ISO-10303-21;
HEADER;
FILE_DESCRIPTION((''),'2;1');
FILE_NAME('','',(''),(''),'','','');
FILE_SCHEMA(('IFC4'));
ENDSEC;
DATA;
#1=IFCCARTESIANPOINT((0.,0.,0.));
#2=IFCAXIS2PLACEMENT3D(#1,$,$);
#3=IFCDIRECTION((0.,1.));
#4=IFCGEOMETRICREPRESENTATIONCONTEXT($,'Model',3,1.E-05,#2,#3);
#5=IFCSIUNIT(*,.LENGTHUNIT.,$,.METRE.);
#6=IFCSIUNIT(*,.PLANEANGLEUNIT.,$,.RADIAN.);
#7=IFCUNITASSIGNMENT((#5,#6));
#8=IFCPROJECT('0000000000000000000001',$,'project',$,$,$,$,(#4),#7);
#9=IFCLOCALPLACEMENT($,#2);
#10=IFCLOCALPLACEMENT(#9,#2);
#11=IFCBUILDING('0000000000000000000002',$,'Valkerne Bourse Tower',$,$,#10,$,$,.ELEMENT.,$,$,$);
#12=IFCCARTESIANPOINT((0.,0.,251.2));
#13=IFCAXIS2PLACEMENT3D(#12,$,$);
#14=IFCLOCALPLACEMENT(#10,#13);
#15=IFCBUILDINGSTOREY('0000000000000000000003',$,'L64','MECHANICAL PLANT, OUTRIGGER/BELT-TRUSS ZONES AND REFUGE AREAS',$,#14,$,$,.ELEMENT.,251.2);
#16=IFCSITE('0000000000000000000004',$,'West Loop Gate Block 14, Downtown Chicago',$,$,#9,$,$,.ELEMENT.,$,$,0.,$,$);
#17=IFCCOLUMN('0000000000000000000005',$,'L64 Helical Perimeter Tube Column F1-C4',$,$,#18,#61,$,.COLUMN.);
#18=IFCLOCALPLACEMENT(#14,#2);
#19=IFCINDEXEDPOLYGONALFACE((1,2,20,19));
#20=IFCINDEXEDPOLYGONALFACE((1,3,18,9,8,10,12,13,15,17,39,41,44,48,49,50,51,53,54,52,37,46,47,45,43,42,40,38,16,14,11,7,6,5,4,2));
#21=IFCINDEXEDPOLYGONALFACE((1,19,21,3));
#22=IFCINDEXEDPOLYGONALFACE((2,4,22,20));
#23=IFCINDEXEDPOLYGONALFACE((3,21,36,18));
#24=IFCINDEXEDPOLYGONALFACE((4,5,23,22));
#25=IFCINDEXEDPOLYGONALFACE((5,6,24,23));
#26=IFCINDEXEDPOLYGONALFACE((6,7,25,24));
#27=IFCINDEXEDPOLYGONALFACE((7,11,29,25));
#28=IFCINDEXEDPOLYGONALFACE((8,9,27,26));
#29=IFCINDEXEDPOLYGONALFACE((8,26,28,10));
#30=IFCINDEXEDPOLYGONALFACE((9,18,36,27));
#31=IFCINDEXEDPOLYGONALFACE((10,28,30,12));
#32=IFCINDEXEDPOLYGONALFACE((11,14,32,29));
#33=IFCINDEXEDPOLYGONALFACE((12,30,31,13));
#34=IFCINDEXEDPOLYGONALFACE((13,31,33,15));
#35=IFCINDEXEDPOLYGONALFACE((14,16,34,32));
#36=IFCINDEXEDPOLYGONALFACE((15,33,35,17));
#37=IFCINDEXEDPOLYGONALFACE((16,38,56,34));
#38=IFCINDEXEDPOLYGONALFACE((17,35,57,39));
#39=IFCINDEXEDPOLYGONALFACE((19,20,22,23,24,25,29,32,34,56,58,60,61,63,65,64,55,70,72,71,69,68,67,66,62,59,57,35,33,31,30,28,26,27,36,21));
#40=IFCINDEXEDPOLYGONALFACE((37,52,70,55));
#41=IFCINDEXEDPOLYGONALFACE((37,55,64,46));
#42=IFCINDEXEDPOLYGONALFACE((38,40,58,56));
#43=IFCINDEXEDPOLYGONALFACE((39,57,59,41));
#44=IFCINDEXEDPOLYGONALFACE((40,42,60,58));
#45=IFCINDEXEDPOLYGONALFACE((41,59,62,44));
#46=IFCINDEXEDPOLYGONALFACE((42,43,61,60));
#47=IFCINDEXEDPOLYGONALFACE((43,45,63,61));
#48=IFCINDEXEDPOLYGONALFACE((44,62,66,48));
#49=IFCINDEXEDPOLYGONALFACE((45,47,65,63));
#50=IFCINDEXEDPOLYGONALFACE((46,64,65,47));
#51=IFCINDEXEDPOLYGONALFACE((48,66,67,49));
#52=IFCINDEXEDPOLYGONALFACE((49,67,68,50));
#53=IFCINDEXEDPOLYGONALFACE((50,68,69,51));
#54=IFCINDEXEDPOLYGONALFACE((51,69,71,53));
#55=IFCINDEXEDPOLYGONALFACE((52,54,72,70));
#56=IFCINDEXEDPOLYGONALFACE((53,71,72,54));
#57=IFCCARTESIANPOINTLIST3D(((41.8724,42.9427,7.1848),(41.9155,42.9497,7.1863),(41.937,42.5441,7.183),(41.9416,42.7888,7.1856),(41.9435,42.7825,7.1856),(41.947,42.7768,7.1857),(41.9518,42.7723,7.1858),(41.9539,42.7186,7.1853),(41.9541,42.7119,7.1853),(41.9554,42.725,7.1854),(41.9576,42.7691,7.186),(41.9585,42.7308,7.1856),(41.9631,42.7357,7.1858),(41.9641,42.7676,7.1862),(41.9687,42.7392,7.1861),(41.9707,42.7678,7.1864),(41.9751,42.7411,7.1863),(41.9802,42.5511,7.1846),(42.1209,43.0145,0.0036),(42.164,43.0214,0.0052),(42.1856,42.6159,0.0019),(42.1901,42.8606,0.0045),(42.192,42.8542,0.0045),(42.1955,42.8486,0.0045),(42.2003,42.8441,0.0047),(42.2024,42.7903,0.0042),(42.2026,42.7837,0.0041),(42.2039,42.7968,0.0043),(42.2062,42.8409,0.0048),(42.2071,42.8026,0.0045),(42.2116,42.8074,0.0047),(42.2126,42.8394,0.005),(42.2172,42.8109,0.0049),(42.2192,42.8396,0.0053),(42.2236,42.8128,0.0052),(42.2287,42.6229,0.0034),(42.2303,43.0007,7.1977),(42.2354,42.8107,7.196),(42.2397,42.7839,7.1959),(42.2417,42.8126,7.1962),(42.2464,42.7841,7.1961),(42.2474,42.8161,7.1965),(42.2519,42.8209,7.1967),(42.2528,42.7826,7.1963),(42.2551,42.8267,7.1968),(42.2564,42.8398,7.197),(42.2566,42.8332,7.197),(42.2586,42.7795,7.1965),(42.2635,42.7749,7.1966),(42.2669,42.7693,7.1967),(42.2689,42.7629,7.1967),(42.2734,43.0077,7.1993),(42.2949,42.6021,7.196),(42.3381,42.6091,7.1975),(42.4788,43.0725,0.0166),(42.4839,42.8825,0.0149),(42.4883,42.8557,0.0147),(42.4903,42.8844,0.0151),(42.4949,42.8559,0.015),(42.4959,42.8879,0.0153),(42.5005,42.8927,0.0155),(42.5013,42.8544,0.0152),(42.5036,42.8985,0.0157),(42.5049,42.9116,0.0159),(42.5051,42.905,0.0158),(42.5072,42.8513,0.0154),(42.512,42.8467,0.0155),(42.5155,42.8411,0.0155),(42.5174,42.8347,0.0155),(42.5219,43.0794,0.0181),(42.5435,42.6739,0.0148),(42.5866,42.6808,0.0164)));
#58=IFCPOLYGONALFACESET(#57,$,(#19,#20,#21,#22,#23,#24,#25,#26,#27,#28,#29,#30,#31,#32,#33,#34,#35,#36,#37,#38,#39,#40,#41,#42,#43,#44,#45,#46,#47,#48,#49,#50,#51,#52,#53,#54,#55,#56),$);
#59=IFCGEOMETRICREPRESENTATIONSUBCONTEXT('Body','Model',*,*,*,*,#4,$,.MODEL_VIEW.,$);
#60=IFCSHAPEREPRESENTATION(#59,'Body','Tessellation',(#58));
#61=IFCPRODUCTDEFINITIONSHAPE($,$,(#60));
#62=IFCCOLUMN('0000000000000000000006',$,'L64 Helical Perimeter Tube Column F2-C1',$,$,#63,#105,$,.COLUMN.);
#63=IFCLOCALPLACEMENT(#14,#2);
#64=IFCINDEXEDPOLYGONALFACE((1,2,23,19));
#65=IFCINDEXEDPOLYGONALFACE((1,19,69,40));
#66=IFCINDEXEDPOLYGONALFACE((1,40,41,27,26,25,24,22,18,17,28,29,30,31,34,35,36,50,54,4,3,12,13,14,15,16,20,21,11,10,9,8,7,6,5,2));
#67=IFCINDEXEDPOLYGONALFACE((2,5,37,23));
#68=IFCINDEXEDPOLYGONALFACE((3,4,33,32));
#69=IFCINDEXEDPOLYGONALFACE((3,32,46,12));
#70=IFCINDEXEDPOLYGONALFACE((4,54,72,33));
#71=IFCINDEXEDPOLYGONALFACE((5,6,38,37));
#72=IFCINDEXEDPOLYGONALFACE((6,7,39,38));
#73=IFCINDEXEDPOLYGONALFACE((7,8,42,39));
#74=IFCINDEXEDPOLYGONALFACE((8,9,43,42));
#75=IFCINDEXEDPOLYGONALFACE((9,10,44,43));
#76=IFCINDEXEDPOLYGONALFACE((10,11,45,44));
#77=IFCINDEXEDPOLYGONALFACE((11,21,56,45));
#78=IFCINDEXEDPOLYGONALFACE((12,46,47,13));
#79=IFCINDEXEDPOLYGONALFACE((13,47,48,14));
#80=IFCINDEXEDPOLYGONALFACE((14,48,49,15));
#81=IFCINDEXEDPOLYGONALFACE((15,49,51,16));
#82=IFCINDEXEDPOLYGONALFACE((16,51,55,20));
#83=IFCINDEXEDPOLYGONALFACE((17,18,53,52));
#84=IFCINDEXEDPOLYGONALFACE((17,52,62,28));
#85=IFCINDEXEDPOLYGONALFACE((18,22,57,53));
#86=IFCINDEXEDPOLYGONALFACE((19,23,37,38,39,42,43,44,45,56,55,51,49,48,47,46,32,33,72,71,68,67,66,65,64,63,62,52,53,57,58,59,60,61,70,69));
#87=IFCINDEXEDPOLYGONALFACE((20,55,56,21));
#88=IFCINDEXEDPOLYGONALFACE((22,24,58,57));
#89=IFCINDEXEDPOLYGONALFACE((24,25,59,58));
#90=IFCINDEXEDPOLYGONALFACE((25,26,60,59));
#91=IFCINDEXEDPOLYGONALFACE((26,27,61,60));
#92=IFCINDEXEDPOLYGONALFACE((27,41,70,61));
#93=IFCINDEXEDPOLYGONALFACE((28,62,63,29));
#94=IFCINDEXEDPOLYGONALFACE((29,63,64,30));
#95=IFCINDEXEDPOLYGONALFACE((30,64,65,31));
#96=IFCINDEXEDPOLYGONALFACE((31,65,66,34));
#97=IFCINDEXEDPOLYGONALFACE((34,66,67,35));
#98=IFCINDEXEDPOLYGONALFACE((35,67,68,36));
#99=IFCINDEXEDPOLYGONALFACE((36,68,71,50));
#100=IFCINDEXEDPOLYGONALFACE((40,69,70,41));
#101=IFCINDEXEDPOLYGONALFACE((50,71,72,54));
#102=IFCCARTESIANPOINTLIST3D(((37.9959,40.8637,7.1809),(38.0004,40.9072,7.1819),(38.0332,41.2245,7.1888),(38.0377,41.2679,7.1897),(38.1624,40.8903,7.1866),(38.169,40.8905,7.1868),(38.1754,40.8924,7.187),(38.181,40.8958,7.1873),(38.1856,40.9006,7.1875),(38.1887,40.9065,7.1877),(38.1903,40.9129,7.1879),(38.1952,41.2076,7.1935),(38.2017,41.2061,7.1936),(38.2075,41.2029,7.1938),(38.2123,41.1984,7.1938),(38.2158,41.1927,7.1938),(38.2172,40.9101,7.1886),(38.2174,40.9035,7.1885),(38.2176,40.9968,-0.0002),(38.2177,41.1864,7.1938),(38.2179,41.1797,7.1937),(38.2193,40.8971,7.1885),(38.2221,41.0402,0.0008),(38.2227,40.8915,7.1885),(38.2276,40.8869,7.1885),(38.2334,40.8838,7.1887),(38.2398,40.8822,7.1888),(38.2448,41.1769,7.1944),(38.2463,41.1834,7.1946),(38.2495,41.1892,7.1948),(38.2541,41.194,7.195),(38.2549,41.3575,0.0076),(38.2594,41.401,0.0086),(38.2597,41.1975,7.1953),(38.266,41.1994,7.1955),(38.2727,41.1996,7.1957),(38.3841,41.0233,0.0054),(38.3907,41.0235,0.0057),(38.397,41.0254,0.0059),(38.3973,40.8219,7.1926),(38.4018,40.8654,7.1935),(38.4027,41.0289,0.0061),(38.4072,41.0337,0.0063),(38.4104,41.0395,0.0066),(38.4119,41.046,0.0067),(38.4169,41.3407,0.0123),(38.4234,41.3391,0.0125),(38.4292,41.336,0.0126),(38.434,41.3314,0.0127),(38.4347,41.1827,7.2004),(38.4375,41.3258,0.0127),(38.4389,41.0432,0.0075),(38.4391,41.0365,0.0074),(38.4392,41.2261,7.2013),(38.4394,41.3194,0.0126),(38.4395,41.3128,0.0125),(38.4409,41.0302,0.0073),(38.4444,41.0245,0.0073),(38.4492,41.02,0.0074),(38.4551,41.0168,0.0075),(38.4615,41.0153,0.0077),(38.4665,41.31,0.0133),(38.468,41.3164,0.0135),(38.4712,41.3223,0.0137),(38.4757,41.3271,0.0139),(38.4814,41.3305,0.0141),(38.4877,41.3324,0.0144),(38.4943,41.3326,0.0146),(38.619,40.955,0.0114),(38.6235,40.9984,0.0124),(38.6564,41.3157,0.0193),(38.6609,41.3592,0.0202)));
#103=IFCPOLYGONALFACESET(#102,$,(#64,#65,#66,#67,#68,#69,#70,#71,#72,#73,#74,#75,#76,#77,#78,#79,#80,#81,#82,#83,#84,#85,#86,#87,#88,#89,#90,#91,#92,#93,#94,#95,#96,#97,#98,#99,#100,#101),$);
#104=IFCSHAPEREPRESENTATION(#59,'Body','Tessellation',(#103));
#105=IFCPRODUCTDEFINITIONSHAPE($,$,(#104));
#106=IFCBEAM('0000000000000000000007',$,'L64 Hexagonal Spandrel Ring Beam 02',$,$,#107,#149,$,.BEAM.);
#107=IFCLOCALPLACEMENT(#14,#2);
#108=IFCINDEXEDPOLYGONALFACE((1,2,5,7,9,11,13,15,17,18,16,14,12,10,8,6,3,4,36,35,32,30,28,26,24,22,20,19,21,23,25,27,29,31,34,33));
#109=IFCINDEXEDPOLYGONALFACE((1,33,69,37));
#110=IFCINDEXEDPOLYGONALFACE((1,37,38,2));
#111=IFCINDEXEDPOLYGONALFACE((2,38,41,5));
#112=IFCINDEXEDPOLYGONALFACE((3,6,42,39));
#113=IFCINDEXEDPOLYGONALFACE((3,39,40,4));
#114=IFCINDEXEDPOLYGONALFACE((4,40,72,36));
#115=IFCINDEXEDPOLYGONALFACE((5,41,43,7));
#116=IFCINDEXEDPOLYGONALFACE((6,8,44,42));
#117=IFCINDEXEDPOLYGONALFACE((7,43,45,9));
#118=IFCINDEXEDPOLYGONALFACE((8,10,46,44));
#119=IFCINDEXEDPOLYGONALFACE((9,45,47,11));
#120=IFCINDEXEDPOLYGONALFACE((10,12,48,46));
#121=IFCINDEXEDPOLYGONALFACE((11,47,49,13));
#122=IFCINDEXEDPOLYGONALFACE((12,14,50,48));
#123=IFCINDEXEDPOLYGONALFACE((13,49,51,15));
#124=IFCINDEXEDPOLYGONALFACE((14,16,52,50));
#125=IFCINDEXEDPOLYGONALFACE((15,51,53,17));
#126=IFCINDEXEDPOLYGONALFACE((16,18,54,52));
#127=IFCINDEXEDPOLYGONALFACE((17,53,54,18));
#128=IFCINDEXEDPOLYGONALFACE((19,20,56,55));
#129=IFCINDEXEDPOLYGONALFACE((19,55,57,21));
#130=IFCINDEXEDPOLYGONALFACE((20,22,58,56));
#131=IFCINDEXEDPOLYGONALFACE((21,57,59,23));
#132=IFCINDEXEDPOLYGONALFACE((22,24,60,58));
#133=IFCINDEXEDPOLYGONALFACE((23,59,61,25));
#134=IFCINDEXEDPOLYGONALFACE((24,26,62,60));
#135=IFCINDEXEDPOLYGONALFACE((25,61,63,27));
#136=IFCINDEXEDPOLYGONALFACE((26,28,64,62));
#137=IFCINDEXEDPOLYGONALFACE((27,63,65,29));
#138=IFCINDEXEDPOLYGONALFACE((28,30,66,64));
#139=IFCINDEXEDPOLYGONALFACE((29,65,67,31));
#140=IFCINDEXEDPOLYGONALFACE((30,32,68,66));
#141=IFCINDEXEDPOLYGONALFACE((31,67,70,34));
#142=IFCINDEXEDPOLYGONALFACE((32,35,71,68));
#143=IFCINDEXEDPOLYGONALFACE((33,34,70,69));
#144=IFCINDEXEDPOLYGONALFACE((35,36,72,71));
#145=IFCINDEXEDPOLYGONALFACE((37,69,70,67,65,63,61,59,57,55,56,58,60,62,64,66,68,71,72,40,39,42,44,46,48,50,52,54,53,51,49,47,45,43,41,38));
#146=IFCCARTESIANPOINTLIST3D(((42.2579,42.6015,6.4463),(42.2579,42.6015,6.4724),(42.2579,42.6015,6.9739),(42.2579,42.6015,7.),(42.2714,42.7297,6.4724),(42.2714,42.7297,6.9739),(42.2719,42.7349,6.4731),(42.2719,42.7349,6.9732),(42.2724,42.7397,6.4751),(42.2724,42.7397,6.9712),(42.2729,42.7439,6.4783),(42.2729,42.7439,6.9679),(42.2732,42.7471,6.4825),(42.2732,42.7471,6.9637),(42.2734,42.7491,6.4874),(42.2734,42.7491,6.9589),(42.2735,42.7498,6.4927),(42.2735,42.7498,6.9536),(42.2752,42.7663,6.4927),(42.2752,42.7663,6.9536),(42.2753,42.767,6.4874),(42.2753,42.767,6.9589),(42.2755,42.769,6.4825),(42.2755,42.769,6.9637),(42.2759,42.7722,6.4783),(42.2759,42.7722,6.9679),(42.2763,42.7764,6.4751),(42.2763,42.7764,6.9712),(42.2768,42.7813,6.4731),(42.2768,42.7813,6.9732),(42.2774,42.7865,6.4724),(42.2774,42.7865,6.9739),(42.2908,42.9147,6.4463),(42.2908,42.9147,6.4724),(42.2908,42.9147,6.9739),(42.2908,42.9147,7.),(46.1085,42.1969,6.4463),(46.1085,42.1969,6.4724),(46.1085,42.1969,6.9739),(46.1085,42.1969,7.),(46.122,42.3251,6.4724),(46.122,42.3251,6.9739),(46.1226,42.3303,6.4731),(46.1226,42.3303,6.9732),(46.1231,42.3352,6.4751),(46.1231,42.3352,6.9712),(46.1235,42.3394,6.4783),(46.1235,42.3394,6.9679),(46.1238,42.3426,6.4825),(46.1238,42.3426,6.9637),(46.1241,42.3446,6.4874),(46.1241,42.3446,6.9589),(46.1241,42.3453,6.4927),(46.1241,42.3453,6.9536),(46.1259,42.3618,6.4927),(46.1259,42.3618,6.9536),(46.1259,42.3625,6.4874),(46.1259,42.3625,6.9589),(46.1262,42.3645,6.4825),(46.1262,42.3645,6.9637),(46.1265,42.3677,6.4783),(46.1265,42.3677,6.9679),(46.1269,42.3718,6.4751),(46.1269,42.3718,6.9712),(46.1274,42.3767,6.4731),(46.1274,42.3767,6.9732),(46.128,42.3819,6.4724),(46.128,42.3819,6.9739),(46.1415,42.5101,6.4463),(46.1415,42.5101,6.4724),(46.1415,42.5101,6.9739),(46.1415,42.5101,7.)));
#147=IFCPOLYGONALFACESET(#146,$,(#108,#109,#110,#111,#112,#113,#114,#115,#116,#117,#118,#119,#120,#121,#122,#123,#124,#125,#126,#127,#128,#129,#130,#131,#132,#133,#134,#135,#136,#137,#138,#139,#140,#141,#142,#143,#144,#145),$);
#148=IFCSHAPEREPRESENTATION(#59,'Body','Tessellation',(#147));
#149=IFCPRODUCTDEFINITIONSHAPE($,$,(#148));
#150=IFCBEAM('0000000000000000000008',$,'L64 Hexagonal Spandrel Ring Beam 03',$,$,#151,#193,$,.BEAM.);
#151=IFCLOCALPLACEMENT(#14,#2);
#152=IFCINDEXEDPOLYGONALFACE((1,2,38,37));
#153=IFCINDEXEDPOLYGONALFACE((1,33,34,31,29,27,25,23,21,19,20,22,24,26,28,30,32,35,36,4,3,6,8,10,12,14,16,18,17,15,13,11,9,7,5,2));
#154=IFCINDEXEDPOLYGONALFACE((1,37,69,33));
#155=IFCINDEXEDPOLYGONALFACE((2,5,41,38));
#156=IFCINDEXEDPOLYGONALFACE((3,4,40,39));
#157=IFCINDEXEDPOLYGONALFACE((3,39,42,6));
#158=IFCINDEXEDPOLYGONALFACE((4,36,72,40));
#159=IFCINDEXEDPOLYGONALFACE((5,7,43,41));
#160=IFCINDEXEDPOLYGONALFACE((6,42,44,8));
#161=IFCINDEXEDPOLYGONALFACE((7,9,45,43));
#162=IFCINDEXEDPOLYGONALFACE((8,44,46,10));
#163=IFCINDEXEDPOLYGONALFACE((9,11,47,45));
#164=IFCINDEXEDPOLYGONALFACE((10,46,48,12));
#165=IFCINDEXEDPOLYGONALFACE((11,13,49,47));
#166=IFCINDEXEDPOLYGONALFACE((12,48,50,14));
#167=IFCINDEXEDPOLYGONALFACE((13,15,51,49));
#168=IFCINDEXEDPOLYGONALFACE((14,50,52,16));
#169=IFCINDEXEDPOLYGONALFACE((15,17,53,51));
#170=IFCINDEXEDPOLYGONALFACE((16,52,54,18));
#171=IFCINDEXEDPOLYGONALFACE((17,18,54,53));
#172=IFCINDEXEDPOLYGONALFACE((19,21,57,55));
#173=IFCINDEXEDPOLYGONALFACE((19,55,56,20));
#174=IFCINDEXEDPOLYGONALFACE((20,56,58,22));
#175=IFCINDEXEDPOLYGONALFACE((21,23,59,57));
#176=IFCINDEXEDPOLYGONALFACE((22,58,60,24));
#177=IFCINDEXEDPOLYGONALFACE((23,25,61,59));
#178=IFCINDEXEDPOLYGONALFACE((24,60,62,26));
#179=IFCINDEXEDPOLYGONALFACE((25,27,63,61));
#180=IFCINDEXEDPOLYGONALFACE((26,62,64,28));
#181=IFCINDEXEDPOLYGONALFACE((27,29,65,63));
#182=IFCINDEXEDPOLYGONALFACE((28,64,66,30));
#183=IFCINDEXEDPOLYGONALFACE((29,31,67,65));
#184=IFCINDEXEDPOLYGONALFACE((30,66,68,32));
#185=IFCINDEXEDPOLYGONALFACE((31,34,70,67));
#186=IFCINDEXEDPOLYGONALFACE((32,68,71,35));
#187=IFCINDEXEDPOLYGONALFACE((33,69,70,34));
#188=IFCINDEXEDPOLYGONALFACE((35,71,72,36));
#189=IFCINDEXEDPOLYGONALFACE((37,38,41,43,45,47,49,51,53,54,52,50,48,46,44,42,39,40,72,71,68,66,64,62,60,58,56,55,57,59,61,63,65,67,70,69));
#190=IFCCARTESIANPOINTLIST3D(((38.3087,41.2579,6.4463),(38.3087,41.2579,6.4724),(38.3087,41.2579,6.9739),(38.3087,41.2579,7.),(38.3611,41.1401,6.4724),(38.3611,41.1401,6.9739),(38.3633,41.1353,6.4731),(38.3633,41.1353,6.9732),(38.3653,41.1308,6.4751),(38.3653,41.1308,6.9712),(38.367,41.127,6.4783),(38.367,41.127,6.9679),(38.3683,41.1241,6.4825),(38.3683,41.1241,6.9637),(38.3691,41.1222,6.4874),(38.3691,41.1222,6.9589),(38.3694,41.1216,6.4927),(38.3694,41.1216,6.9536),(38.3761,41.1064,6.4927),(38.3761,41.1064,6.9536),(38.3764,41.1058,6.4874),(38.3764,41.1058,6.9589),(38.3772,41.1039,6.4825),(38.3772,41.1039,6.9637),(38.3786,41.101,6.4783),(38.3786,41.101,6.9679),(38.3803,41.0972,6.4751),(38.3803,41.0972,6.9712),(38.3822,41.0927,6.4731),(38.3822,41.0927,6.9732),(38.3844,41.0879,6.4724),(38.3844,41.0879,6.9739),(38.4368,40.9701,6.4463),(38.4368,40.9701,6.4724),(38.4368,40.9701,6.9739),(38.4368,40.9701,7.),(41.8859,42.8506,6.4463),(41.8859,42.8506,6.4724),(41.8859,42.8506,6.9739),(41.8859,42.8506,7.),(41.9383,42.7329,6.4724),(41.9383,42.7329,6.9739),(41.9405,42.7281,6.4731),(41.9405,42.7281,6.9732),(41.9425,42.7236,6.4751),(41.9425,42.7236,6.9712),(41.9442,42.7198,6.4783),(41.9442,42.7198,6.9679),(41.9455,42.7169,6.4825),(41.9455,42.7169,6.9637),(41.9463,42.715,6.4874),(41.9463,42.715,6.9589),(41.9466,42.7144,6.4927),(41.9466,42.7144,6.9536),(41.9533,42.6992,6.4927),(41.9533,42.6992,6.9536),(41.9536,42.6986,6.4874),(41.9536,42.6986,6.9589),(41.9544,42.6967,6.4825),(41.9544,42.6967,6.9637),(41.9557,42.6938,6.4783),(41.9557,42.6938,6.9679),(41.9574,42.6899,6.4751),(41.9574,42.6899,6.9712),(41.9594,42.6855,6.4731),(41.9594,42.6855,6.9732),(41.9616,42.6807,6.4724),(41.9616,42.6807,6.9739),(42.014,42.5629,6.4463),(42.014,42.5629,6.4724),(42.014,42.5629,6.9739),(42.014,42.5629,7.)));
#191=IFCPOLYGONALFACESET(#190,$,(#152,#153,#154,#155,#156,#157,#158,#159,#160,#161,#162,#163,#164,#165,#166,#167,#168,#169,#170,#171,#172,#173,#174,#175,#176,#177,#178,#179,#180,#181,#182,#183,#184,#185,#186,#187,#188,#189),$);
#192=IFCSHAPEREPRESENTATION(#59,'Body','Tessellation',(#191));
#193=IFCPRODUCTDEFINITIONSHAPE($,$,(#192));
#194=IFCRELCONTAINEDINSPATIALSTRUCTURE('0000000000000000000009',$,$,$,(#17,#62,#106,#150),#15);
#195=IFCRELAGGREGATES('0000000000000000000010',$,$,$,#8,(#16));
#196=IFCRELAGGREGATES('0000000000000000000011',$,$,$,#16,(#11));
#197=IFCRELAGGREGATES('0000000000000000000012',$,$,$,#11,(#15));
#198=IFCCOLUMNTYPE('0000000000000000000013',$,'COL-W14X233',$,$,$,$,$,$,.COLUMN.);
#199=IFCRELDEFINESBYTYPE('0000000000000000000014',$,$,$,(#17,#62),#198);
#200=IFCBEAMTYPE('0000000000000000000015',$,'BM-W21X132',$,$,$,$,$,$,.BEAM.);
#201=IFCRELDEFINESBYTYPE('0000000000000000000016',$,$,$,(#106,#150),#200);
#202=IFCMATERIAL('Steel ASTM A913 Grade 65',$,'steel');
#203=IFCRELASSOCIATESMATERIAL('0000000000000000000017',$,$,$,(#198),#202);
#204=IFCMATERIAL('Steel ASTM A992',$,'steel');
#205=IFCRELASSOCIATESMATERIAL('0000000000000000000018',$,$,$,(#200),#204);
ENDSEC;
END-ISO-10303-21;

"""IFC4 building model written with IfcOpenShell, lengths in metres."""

from ifc_helpers import new_model, si_unit, direction, frame, origin, origin_2d, place, context, subcontext, project, spatial, i_section, extrude, material, material_profile, profile_set, type_object, element, save


model = new_model("IFC4")

# Units and contexts
model_context = context("Model", 3, precision=1e-05, world=origin(), true_north=direction((0.0, 1.0)))
body_context = subcontext(model_context, "Body", "Model", "MODEL_VIEW")
ifc_project = project(units=[si_unit("LENGTHUNIT", "METRE"), si_unit("PLANEANGLEUNIT", "RADIAN")], contexts=[model_context])

# Site, building, storey
site_placement = place(None, origin())
site = spatial("IfcSite", under=ifc_project, at=site_placement, Name="West Loop Gate Block 14, Downtown Chicago", CompositionType="ELEMENT", RefElevation=0.0)
building_placement = place(site_placement, origin())
building = spatial("IfcBuilding", under=site, at=building_placement, Name="Valkerne Bourse Tower", CompositionType="ELEMENT")
storey_placement = place(building_placement, frame((0.0, 0.0, 251.2)))
storey = spatial("IfcBuildingStorey", under=building, at=storey_placement, Name="L64", Description="MECHANICAL PLANT, OUTRIGGER/BELT-TRUSS ZONES AND REFUGE AREAS", CompositionType="ELEMENT", Elevation=251.2)

# Columns
ifc_material_1 = material(Name="Steel ASTM A913 Grade 65", Category="steel")
ifc_material_profile_1 = material_profile(ifc_material_1, i_section(OverallWidth=0.4038, OverallDepth=0.4065, WebThickness=0.0271, FlangeThickness=0.0437, FilletRadius=0.0254, at=origin_2d()), Name="W14X233")
ifc_profile_set_1 = profile_set([ifc_material_profile_1], Name="Steel ASTM A913 Grade 65")
column_type = type_object("IfcColumnType", Name="COL-W14X233", PredefinedType="COLUMN", material=ifc_profile_set_1)
for number, where, z_axis, x_axis, name in (
    (1, (42.3538, 42.8477, 0.01), (-0.034587, -0.009989, 0.999352), (-0.160108, 0.98709, 0.004325), "L64 Helical Perimeter Tube Column F1-C4"),
    (2, (38.4392, 41.178, 0.01), (-0.03085, -0.018517, 0.999353), (-0.99421, 0.103527, -0.028773), "L64 Helical Perimeter Tube Column F2-C1"),
):
    element("IfcColumn", number, at=place(storey_placement, frame(where, z_axis=z_axis, x_axis=x_axis)), inside=storey, type_object=column_type, Name=name, PredefinedType="COLUMN", context=body_context, shape_type="SweptSolid", body=[
        extrude(i_section(OverallWidth=0.4038, OverallDepth=0.4065, WebThickness=0.0271, FlangeThickness=0.0437, FilletRadius=0.0254, at=origin_2d()), origin(), (0.0, 0.0, 1.0), 7.1858),
    ])

# Beams
ifc_material_2 = material(Name="Steel ASTM A992", Category="steel")
ifc_material_profile_2 = material_profile(ifc_material_2, i_section(OverallWidth=0.3149, OverallDepth=0.5537, WebThickness=0.0166, FlangeThickness=0.0261, FilletRadius=0.0203, at=origin_2d()), Name="W21X132")
ifc_profile_set_2 = profile_set([ifc_material_profile_2], Name="Steel ASTM A992")
beam_type_1 = type_object("IfcBeamType", Name="BM-W21X132", PredefinedType="BEAM", material=ifc_profile_set_2)
beam_1_placement = place(storey_placement, frame((46.125, 42.3535, 6.7231), z_axis=(-0.994527, 0.104485, 0.0), x_axis=(-0.104485, -0.994527, 0.0)))
element("IfcBeam", 3, at=beam_1_placement, inside=storey, type_object=beam_type_1, Name="L64 Hexagonal Spandrel Ring Beam 02", PredefinedType="BEAM", context=body_context, shape_type="SweptSolid", body=[
    extrude(i_section(OverallWidth=0.3149, OverallDepth=0.5537, WebThickness=0.0166, FlangeThickness=0.0261, FilletRadius=0.0203, at=origin_2d()), origin(), (0.0, 0.0, 1.0), 3.8718),
])
beam_2_placement = place(storey_placement, frame((41.95, 42.7068, 6.7231), z_axis=(-0.913534, -0.406763, 0.0), x_axis=(0.406763, -0.913534, 0.0)))
element("IfcBeam", 4, at=beam_2_placement, inside=storey, type_object=beam_type_1, Name="L64 Hexagonal Spandrel Ring Beam 03", PredefinedType="BEAM", context=body_context, shape_type="SweptSolid", body=[
    extrude(i_section(OverallWidth=0.3149, OverallDepth=0.5537, WebThickness=0.0166, FlangeThickness=0.0261, FilletRadius=0.0203, at=origin_2d()), origin(), (0.0, 0.0, 1.0), 3.9158),
])

save(model, "model.ifc")
